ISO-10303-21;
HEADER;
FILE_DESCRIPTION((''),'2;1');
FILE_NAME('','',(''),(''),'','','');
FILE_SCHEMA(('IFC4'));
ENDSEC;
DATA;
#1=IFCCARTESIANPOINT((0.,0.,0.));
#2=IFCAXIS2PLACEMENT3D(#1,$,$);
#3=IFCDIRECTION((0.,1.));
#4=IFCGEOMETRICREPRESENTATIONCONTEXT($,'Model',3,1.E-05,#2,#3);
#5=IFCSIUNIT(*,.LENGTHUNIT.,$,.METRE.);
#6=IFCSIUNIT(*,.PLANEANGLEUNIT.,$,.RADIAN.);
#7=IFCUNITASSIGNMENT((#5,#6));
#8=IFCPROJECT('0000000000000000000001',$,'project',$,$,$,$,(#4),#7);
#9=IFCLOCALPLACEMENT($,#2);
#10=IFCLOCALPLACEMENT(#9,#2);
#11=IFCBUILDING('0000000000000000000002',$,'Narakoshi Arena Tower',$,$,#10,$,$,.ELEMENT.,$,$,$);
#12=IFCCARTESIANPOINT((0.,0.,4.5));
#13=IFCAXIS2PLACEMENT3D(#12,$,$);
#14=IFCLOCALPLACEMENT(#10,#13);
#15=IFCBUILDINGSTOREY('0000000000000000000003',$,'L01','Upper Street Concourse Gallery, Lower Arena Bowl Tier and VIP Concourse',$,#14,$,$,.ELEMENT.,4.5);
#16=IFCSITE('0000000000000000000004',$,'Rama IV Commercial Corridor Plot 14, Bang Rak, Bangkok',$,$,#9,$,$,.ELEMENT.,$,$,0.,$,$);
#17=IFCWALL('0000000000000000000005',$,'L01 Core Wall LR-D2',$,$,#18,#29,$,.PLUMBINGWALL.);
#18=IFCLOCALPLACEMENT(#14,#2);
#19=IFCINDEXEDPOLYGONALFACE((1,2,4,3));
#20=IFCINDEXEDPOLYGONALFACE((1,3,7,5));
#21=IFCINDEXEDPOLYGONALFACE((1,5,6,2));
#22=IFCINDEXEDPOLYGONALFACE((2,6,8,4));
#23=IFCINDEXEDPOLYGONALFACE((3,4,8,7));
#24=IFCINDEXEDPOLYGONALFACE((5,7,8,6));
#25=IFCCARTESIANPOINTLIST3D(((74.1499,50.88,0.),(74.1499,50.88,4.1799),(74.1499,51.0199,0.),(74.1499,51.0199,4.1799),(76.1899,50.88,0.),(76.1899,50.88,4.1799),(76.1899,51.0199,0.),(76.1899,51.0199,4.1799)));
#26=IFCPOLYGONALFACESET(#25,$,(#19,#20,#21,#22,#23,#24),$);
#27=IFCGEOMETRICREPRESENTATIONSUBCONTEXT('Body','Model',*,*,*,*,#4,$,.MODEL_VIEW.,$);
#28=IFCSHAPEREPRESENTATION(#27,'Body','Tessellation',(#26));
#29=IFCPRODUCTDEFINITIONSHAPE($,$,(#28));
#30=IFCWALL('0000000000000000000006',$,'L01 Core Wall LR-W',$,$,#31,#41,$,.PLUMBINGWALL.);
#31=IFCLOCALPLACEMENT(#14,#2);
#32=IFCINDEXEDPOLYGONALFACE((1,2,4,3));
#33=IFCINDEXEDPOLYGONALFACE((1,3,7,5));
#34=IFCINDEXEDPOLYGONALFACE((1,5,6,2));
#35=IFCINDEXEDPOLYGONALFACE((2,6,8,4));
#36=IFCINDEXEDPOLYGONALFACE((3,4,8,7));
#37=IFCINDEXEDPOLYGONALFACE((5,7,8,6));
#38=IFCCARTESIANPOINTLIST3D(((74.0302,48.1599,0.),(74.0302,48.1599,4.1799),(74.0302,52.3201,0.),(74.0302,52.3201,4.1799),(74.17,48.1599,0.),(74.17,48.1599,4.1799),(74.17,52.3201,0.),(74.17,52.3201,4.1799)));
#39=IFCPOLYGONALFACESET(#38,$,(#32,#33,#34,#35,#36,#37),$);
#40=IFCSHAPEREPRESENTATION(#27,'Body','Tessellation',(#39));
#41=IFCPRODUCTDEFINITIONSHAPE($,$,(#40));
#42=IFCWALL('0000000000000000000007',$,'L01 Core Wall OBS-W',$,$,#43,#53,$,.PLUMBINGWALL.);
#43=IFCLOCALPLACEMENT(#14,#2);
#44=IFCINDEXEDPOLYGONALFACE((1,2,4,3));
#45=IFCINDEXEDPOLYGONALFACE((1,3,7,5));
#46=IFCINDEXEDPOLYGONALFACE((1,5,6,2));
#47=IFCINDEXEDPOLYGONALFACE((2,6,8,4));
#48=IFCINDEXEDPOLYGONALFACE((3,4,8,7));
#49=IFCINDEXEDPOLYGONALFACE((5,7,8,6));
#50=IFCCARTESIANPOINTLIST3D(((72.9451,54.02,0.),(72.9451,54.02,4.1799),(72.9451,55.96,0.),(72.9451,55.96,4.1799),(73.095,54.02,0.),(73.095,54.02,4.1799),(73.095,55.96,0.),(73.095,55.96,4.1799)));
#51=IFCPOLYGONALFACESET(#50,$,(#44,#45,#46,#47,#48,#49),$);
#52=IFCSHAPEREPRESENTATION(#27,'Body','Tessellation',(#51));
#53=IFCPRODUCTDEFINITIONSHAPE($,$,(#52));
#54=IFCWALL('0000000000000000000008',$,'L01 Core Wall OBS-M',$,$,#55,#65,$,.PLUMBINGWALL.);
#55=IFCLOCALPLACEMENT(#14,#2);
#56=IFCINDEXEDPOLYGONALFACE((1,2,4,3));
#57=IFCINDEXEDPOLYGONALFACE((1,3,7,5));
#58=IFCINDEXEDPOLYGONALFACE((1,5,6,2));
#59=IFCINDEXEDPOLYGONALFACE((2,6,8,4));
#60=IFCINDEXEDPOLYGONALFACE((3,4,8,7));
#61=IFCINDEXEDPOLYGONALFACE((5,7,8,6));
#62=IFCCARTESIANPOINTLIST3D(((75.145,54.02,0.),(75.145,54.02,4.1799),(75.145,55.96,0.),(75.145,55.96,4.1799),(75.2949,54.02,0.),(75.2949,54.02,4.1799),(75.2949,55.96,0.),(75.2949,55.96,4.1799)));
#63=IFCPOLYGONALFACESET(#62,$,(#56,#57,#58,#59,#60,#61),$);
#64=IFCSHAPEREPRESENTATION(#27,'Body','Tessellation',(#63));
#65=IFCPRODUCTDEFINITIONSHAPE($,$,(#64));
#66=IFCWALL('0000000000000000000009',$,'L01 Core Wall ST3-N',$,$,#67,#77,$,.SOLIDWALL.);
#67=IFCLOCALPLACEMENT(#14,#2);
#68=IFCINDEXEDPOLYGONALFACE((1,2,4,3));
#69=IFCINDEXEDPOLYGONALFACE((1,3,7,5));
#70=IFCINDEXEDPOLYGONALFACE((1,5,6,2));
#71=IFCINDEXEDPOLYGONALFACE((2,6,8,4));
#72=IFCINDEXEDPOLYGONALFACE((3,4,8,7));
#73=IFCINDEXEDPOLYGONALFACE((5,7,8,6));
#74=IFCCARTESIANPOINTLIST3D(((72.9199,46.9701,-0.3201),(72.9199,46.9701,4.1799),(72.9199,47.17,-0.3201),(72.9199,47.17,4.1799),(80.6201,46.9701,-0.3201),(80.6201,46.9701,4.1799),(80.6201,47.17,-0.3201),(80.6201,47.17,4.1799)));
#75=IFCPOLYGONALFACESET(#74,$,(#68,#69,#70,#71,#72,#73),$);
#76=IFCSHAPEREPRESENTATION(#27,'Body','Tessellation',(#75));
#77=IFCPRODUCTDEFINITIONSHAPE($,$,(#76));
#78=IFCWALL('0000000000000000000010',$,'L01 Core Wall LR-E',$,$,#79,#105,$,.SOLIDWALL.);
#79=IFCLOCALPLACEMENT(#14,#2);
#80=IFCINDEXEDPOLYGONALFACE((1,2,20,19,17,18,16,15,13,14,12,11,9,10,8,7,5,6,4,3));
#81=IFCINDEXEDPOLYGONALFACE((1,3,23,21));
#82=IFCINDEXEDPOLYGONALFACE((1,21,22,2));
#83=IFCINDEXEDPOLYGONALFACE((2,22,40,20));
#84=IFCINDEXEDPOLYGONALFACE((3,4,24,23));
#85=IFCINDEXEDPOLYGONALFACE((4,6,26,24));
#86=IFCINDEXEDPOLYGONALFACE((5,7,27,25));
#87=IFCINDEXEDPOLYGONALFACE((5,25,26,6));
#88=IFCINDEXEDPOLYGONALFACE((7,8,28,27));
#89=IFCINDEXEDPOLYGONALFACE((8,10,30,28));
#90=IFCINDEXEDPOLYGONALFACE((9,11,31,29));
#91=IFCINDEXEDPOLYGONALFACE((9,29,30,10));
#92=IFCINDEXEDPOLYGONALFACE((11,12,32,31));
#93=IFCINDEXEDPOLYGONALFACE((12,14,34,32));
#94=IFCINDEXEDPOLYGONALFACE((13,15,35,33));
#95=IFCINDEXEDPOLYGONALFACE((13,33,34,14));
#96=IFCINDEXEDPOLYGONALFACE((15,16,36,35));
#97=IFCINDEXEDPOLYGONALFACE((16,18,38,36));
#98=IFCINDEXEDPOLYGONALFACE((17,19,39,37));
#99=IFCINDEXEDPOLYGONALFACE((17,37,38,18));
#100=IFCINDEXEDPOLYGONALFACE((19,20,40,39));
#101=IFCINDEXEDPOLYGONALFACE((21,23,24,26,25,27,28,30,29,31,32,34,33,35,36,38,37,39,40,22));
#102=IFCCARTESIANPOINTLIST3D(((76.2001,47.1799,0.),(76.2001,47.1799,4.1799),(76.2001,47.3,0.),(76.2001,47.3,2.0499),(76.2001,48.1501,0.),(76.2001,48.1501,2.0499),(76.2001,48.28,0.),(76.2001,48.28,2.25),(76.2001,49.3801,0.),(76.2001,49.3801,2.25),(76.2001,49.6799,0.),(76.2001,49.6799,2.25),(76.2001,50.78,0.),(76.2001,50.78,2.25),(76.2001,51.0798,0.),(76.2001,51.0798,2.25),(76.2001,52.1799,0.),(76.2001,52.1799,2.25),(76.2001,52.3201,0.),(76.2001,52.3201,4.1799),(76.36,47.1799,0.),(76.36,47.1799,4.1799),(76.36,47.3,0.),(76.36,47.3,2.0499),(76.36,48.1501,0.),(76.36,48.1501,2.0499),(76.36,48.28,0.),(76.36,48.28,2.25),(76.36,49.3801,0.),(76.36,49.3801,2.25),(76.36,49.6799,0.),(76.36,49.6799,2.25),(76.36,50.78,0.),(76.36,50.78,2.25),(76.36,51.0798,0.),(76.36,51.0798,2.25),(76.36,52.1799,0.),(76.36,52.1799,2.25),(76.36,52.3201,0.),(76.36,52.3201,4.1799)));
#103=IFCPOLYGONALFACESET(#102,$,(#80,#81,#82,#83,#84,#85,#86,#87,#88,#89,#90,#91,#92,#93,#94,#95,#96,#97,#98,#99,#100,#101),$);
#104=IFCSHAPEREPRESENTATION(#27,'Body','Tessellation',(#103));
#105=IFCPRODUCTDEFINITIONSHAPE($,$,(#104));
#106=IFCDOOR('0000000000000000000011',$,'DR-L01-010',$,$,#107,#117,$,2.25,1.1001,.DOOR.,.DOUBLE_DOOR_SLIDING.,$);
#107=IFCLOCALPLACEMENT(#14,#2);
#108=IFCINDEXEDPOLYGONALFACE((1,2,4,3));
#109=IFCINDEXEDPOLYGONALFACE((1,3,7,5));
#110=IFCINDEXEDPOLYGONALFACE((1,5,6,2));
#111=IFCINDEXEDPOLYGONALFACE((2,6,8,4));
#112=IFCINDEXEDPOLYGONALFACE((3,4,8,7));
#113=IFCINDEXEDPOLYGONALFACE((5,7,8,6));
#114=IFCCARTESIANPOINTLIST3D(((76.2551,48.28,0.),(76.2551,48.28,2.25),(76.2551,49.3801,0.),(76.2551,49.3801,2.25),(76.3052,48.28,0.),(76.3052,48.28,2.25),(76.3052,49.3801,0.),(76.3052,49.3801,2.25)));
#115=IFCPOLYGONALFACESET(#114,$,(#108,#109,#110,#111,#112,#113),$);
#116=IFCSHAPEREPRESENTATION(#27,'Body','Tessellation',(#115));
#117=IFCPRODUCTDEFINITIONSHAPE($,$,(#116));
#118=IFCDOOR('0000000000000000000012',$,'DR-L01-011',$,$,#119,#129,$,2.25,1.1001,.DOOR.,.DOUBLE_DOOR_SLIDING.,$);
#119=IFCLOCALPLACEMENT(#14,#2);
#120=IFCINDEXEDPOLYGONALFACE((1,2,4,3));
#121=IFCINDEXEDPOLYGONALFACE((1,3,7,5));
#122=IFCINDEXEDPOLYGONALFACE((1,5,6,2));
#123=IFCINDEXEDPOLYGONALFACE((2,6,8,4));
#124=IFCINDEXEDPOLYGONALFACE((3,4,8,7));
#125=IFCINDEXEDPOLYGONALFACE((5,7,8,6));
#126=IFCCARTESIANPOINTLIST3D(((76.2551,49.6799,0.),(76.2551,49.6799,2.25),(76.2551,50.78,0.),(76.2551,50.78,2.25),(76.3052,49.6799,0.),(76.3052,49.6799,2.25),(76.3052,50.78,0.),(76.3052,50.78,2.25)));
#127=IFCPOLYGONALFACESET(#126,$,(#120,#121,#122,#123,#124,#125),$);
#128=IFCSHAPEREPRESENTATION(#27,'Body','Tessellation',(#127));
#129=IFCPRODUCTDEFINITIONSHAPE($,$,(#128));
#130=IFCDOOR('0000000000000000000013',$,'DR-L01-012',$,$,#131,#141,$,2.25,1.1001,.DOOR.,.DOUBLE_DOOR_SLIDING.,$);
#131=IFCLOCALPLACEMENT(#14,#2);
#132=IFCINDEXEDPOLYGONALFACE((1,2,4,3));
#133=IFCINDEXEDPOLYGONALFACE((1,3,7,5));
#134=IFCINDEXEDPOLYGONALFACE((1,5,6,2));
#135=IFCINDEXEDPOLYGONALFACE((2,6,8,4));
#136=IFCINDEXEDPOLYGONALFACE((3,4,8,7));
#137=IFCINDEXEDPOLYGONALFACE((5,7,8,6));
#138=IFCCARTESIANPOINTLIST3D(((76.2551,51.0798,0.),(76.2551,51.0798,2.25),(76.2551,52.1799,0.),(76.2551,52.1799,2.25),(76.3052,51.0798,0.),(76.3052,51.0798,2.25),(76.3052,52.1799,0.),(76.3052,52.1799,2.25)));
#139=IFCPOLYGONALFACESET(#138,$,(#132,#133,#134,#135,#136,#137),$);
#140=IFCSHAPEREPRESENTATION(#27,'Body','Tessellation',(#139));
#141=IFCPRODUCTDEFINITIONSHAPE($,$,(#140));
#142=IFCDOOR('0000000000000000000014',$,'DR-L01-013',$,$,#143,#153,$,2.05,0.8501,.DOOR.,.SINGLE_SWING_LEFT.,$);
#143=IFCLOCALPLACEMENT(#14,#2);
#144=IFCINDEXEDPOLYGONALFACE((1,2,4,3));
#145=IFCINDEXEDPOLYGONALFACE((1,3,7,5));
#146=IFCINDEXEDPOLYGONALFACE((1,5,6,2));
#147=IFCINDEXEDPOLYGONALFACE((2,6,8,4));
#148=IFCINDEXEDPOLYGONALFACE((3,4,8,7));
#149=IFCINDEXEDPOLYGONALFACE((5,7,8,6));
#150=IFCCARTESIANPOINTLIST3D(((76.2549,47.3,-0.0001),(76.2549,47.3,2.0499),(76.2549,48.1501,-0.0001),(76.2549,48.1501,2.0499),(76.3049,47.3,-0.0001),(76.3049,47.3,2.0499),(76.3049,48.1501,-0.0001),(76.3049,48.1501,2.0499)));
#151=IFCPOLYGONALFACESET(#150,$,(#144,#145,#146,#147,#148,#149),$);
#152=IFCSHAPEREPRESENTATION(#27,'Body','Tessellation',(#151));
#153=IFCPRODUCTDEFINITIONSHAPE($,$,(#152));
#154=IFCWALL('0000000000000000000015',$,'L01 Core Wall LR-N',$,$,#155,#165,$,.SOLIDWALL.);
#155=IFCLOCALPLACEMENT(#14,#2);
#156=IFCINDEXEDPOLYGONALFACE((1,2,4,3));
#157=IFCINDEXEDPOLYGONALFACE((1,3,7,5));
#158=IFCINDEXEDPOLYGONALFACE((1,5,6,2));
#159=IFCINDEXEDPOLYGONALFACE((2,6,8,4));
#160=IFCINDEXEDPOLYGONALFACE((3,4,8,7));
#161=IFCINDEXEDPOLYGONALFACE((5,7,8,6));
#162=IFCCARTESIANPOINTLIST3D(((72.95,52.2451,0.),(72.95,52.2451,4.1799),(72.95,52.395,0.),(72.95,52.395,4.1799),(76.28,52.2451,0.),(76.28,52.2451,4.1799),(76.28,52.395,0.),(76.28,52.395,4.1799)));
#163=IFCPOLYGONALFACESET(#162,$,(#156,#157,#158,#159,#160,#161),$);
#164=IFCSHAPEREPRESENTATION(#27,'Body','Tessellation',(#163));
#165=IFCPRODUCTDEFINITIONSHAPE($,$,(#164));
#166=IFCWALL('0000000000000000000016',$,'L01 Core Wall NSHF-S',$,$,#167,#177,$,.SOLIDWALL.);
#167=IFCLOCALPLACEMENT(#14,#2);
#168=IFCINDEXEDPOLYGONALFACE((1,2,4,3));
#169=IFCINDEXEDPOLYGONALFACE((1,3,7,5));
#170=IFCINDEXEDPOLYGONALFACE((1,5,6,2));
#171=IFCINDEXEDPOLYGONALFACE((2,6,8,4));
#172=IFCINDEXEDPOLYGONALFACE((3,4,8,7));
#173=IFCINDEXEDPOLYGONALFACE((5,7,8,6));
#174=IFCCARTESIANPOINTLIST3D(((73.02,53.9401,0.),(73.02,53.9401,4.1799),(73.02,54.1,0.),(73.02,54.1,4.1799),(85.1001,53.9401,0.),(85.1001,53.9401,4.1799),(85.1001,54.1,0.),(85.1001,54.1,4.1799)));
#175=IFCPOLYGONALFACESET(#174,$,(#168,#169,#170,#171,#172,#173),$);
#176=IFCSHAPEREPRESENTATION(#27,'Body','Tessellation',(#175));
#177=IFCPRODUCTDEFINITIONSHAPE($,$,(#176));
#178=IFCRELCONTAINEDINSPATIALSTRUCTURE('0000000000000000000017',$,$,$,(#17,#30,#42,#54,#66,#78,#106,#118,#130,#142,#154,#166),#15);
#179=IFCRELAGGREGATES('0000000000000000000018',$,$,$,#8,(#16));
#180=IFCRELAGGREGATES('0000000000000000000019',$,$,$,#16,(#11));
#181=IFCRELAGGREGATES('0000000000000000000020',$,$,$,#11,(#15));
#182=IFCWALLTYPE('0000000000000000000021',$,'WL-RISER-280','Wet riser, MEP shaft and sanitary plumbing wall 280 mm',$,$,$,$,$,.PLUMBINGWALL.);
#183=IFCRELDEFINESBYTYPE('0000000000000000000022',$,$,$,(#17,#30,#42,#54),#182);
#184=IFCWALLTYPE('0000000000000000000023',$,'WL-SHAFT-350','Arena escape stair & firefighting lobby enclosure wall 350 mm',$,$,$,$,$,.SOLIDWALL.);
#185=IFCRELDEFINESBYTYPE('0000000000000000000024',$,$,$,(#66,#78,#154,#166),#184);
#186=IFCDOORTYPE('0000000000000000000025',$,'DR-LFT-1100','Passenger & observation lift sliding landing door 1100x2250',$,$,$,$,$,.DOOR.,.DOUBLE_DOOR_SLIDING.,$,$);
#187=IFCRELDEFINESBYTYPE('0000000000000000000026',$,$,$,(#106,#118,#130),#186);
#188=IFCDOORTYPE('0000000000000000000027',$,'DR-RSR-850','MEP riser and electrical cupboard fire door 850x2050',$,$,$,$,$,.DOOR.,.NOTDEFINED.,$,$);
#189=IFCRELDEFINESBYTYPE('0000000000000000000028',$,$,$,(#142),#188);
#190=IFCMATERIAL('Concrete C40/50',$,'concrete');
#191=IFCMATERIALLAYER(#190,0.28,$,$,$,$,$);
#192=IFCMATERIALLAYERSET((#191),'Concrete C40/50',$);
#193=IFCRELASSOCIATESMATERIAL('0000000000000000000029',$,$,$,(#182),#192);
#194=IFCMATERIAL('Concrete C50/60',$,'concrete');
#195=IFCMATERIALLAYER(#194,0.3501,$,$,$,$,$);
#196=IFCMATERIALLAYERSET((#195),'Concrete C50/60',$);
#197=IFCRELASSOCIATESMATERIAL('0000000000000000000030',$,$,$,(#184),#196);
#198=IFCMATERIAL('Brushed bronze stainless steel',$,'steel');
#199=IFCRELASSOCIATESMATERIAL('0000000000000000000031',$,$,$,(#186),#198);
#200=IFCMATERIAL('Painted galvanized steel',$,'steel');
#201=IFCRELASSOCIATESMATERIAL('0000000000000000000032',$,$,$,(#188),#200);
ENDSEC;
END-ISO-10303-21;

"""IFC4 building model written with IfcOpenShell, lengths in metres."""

from ifc_helpers import new_model, si_unit, direction, frame, frame_2d, origin, place, context, subcontext, project, spatial, rectangle, extrude, material, layer, layer_set, type_object, element, fill, save


model = new_model("IFC4")

# Units and contexts
model_context = context("Model", 3, precision=1e-05, world=origin(), true_north=direction((0.0, 1.0)))
body_context = subcontext(model_context, "Body", "Model", "MODEL_VIEW")
ifc_project = project(units=[si_unit("LENGTHUNIT", "METRE"), si_unit("PLANEANGLEUNIT", "RADIAN")], contexts=[model_context])

# Site, building, storey
site_placement = place(None, origin())
site = spatial("IfcSite", under=ifc_project, at=site_placement, Name="Rama IV Commercial Corridor Plot 14, Bang Rak, Bangkok", CompositionType="ELEMENT", RefElevation=0.0)
building_placement = place(site_placement, origin())
building = spatial("IfcBuilding", under=site, at=building_placement, Name="Narakoshi Arena Tower", CompositionType="ELEMENT")
storey_placement = place(building_placement, frame((0.0, 0.0, 4.5)))
storey = spatial("IfcBuildingStorey", under=building, at=storey_placement, Name="L01", Description="Upper Street Concourse Gallery, Lower Arena Bowl Tier and VIP Concourse", CompositionType="ELEMENT", Elevation=4.5)

# Walls
ifc_material_1 = material(Name="Concrete C40/50", Category="concrete")
ifc_layer_1 = layer(ifc_material_1, 0.28)
ifc_layer_set_1 = layer_set([ifc_layer_1], Name="Concrete C40/50")
wall_type_1 = type_object("IfcWallType", Name="WL-RISER-280", Description="Wet riser, MEP shaft and sanitary plumbing wall 280 mm", PredefinedType="PLUMBINGWALL", material=ifc_layer_set_1)
for number, where, z_axis, x_axis, name in (
    (1, (74.1499, 50.95, 0.0), (0.0, 0.0, 1.0), (1.0, 0.0, 0.0), "L01 Core Wall LR-D2"),
):
    element("IfcWall", number, at=place(storey_placement, frame(where, z_axis=z_axis, x_axis=x_axis)), inside=storey, type_object=wall_type_1, Name=name, PredefinedType="PLUMBINGWALL", context=body_context, shape_type="SweptSolid", body=[
        extrude(rectangle(XDim=2.04, YDim=0.1399, at=frame_2d((1.02, 0.0))), origin(), (0.0, 0.0, 1.0), 4.1799),
    ])
wall_1_placement = place(storey_placement, frame((74.1001, 48.1599, 0.0), z_axis=(0.0, 0.0, 1.0), x_axis=(0.0, 1.0, 0.0)))
element("IfcWall", 2, at=wall_1_placement, inside=storey, type_object=wall_type_1, Name="L01 Core Wall LR-W", PredefinedType="PLUMBINGWALL", context=body_context, shape_type="SweptSolid", body=[
    extrude(rectangle(XDim=4.1602, YDim=0.1399, at=frame_2d((2.0801, 0.0))), origin(), (0.0, 0.0, 1.0), 4.1799),
])
for number, where, z_axis, x_axis, name in (
    (3, (73.02, 54.02, 0.0), (0.0, 0.0, 1.0), (0.0, 1.0, 0.0), "L01 Core Wall OBS-W"),
    (4, (75.22, 54.02, 0.0), (0.0, 0.0, 1.0), (0.0, 1.0, 0.0), "L01 Core Wall OBS-M"),
):
    element("IfcWall", number, at=place(storey_placement, frame(where, z_axis=z_axis, x_axis=x_axis)), inside=storey, type_object=wall_type_1, Name=name, PredefinedType="PLUMBINGWALL", context=body_context, shape_type="SweptSolid", body=[
        extrude(rectangle(XDim=1.9399, YDim=0.1499, at=frame_2d((0.97, 0.0))), origin(), (0.0, 0.0, 1.0), 4.1799),
    ])
ifc_material_2 = material(Name="Concrete C50/60", Category="concrete")
ifc_layer_2 = layer(ifc_material_2, 0.3501)
ifc_layer_set_2 = layer_set([ifc_layer_2], Name="Concrete C50/60")
wall_type_2 = type_object("IfcWallType", Name="WL-SHAFT-350", Description="Arena escape stair & firefighting lobby enclosure wall 350 mm", PredefinedType="SOLIDWALL", material=ifc_layer_set_2)
wall_2_placement = place(storey_placement, frame((72.9199, 47.0701, -0.3201), z_axis=(0.0, 0.0, 1.0), x_axis=(1.0, 0.0, 0.0)))
element("IfcWall", 5, at=wall_2_placement, inside=storey, type_object=wall_type_2, Name="L01 Core Wall ST3-N", PredefinedType="SOLIDWALL", context=body_context, shape_type="SweptSolid", body=[
    extrude(rectangle(XDim=7.7002, YDim=0.2, at=frame_2d((3.8501, 0.0))), origin(), (0.0, 0.0, 1.0), 4.5),
])

# Wall, openings, doors
wall_3_placement = place(storey_placement, frame((76.28, 47.1799, 0.0), z_axis=(0.0, 0.0, 1.0), x_axis=(0.0, 1.0, 0.0)))
wall_3 = element("IfcWall", 6, at=wall_3_placement, inside=storey, type_object=wall_type_2, Name="L01 Core Wall LR-E", PredefinedType="SOLIDWALL", context=body_context, shape_type="SweptSolid", body=[
    extrude(rectangle(XDim=5.1401, YDim=0.1599, at=frame_2d((2.5701, 0.0))), origin(), (0.0, 0.0, 1.0), 4.1799),
])
opening_1_placement = place(wall_3_placement, frame((1.1001, 0.0, 0.0)))
opening_1 = element("IfcOpeningElement", 7, at=opening_1_placement, cuts=wall_3, PredefinedType="OPENING", context=body_context, shape_type="SweptSolid", body=[
    extrude(rectangle(XDim=1.1001, YDim=2.25, at=frame_2d((0.55, 1.125))), frame((0.0, 0.0898, 0.0), z_axis=(0.0, -1.0, 0.0), x_axis=(1.0, 0.0, 0.0)), (0.0, 0.0, 1.0), 0.1799),
])
opening_2_placement = place(wall_3_placement, frame((2.5, 0.0, 0.0)))
opening_2 = element("IfcOpeningElement", 8, at=opening_2_placement, cuts=wall_3, PredefinedType="OPENING", context=body_context, shape_type="SweptSolid", body=[
    extrude(rectangle(XDim=1.1001, YDim=2.25, at=frame_2d((0.55, 1.125))), frame((0.0, 0.0898, 0.0), z_axis=(0.0, -1.0, 0.0), x_axis=(1.0, 0.0, 0.0)), (0.0, 0.0, 1.0), 0.1799),
])
opening_3_placement = place(wall_3_placement, frame((3.8999, 0.0, 0.0)))
opening_3 = element("IfcOpeningElement", 9, at=opening_3_placement, cuts=wall_3, PredefinedType="OPENING", context=body_context, shape_type="SweptSolid", body=[
    extrude(rectangle(XDim=1.1001, YDim=2.25, at=frame_2d((0.55, 1.125))), frame((0.0, 0.0898, 0.0), z_axis=(0.0, -1.0, 0.0), x_axis=(1.0, 0.0, 0.0)), (0.0, 0.0, 1.0), 0.1799),
])
opening_4_placement = place(wall_3_placement, frame((0.1201, 0.0, 0.0)))
opening_4 = element("IfcOpeningElement", 10, at=opening_4_placement, cuts=wall_3, PredefinedType="OPENING", context=body_context, shape_type="SweptSolid", body=[
    extrude(rectangle(XDim=0.8501, YDim=2.05, at=frame_2d((0.425, 1.0249))), frame((0.0, 0.0898, 0.0), z_axis=(0.0, -1.0, 0.0), x_axis=(1.0, 0.0, 0.0)), (0.0, 0.0, 1.0), 0.1799),
])
ifc_material_3 = material(Name="Brushed bronze stainless steel", Category="steel")
door_type_1 = type_object("IfcDoorType", Name="DR-LFT-1100", Description="Passenger & observation lift sliding landing door 1100x2250", OperationType="DOUBLE_DOOR_SLIDING", PredefinedType="DOOR", material=ifc_material_3)
door_1_placement = place(opening_1_placement, origin())
door_1 = element("IfcDoor", 11, at=door_1_placement, inside=storey, type_object=door_type_1, Name="DR-L01-010", OperationType="DOUBLE_DOOR_SLIDING", OverallHeight=2.25, OverallWidth=1.1001, PredefinedType="DOOR", context=body_context, shape_type="SweptSolid", body=[
    extrude(rectangle(XDim=1.1001, YDim=2.25, at=frame_2d((0.55, 1.125))), frame((0.0, 0.0249, 0.0), z_axis=(0.0, -1.0, 0.0), x_axis=(1.0, 0.0, 0.0)), (0.0, 0.0, 1.0), 0.05),
])
fill(opening_1, door_1)
door_2_placement = place(opening_2_placement, origin())
door_2 = element("IfcDoor", 12, at=door_2_placement, inside=storey, type_object=door_type_1, Name="DR-L01-011", OperationType="DOUBLE_DOOR_SLIDING", OverallHeight=2.25, OverallWidth=1.1001, PredefinedType="DOOR", context=body_context, shape_type="SweptSolid", body=[
    extrude(rectangle(XDim=1.1001, YDim=2.25, at=frame_2d((0.55, 1.125))), frame((0.0, 0.0249, 0.0), z_axis=(0.0, -1.0, 0.0), x_axis=(1.0, 0.0, 0.0)), (0.0, 0.0, 1.0), 0.05),
])
fill(opening_2, door_2)
door_3_placement = place(opening_3_placement, origin())
door_3 = element("IfcDoor", 13, at=door_3_placement, inside=storey, type_object=door_type_1, Name="DR-L01-012", OperationType="DOUBLE_DOOR_SLIDING", OverallHeight=2.25, OverallWidth=1.1001, PredefinedType="DOOR", context=body_context, shape_type="SweptSolid", body=[
    extrude(rectangle(XDim=1.1001, YDim=2.25, at=frame_2d((0.55, 1.125))), frame((0.0, 0.0249, 0.0), z_axis=(0.0, -1.0, 0.0), x_axis=(1.0, 0.0, 0.0)), (0.0, 0.0, 1.0), 0.05),
])
fill(opening_3, door_3)
ifc_material_4 = material(Name="Painted galvanized steel", Category="steel")
door_type_2 = type_object("IfcDoorType", Name="DR-RSR-850", Description="MEP riser and electrical cupboard fire door 850x2050", OperationType="NOTDEFINED", PredefinedType="DOOR", material=ifc_material_4)
door_4_placement = place(opening_4_placement, frame((0.8501, 0.0, 0.0), z_axis=(0.0, 0.0, 1.0), x_axis=(-1.0, 0.0, 0.0)))
door_4 = element("IfcDoor", 14, at=door_4_placement, inside=storey, type_object=door_type_2, Name="DR-L01-013", OperationType="SINGLE_SWING_LEFT", OverallHeight=2.05, OverallWidth=0.8501, PredefinedType="DOOR", context=body_context, shape_type="SweptSolid", body=[
    extrude(rectangle(XDim=0.8501, YDim=2.05, at=frame_2d((0.425, 1.0249))), frame((0.0, 0.0249, 0.0), z_axis=(0.0, -1.0, 0.0), x_axis=(1.0, 0.0, 0.0)), (0.0, 0.0, 1.0), 0.05),
])
fill(opening_4, door_4)

# Walls
wall_4_placement = place(storey_placement, frame((72.95, 52.3201, 0.0), z_axis=(0.0, 0.0, 1.0), x_axis=(1.0, 0.0, 0.0)))
element("IfcWall", 15, at=wall_4_placement, inside=storey, type_object=wall_type_2, Name="L01 Core Wall LR-N", PredefinedType="SOLIDWALL", context=body_context, shape_type="SweptSolid", body=[
    extrude(rectangle(XDim=3.3301, YDim=0.1499, at=frame_2d((1.665, 0.0))), origin(), (0.0, 0.0, 1.0), 4.1799),
])
wall_5_placement = place(storey_placement, frame((73.02, 54.02, 0.0), z_axis=(0.0, 0.0, 1.0), x_axis=(1.0, 0.0, 0.0)))
element("IfcWall", 16, at=wall_5_placement, inside=storey, type_object=wall_type_2, Name="L01 Core Wall NSHF-S", PredefinedType="SOLIDWALL", context=body_context, shape_type="SweptSolid", body=[
    extrude(rectangle(XDim=12.0801, YDim=0.1599, at=frame_2d((6.04, 0.0))), origin(), (0.0, 0.0, 1.0), 4.1799),
])

save(model, "model.ifc")
